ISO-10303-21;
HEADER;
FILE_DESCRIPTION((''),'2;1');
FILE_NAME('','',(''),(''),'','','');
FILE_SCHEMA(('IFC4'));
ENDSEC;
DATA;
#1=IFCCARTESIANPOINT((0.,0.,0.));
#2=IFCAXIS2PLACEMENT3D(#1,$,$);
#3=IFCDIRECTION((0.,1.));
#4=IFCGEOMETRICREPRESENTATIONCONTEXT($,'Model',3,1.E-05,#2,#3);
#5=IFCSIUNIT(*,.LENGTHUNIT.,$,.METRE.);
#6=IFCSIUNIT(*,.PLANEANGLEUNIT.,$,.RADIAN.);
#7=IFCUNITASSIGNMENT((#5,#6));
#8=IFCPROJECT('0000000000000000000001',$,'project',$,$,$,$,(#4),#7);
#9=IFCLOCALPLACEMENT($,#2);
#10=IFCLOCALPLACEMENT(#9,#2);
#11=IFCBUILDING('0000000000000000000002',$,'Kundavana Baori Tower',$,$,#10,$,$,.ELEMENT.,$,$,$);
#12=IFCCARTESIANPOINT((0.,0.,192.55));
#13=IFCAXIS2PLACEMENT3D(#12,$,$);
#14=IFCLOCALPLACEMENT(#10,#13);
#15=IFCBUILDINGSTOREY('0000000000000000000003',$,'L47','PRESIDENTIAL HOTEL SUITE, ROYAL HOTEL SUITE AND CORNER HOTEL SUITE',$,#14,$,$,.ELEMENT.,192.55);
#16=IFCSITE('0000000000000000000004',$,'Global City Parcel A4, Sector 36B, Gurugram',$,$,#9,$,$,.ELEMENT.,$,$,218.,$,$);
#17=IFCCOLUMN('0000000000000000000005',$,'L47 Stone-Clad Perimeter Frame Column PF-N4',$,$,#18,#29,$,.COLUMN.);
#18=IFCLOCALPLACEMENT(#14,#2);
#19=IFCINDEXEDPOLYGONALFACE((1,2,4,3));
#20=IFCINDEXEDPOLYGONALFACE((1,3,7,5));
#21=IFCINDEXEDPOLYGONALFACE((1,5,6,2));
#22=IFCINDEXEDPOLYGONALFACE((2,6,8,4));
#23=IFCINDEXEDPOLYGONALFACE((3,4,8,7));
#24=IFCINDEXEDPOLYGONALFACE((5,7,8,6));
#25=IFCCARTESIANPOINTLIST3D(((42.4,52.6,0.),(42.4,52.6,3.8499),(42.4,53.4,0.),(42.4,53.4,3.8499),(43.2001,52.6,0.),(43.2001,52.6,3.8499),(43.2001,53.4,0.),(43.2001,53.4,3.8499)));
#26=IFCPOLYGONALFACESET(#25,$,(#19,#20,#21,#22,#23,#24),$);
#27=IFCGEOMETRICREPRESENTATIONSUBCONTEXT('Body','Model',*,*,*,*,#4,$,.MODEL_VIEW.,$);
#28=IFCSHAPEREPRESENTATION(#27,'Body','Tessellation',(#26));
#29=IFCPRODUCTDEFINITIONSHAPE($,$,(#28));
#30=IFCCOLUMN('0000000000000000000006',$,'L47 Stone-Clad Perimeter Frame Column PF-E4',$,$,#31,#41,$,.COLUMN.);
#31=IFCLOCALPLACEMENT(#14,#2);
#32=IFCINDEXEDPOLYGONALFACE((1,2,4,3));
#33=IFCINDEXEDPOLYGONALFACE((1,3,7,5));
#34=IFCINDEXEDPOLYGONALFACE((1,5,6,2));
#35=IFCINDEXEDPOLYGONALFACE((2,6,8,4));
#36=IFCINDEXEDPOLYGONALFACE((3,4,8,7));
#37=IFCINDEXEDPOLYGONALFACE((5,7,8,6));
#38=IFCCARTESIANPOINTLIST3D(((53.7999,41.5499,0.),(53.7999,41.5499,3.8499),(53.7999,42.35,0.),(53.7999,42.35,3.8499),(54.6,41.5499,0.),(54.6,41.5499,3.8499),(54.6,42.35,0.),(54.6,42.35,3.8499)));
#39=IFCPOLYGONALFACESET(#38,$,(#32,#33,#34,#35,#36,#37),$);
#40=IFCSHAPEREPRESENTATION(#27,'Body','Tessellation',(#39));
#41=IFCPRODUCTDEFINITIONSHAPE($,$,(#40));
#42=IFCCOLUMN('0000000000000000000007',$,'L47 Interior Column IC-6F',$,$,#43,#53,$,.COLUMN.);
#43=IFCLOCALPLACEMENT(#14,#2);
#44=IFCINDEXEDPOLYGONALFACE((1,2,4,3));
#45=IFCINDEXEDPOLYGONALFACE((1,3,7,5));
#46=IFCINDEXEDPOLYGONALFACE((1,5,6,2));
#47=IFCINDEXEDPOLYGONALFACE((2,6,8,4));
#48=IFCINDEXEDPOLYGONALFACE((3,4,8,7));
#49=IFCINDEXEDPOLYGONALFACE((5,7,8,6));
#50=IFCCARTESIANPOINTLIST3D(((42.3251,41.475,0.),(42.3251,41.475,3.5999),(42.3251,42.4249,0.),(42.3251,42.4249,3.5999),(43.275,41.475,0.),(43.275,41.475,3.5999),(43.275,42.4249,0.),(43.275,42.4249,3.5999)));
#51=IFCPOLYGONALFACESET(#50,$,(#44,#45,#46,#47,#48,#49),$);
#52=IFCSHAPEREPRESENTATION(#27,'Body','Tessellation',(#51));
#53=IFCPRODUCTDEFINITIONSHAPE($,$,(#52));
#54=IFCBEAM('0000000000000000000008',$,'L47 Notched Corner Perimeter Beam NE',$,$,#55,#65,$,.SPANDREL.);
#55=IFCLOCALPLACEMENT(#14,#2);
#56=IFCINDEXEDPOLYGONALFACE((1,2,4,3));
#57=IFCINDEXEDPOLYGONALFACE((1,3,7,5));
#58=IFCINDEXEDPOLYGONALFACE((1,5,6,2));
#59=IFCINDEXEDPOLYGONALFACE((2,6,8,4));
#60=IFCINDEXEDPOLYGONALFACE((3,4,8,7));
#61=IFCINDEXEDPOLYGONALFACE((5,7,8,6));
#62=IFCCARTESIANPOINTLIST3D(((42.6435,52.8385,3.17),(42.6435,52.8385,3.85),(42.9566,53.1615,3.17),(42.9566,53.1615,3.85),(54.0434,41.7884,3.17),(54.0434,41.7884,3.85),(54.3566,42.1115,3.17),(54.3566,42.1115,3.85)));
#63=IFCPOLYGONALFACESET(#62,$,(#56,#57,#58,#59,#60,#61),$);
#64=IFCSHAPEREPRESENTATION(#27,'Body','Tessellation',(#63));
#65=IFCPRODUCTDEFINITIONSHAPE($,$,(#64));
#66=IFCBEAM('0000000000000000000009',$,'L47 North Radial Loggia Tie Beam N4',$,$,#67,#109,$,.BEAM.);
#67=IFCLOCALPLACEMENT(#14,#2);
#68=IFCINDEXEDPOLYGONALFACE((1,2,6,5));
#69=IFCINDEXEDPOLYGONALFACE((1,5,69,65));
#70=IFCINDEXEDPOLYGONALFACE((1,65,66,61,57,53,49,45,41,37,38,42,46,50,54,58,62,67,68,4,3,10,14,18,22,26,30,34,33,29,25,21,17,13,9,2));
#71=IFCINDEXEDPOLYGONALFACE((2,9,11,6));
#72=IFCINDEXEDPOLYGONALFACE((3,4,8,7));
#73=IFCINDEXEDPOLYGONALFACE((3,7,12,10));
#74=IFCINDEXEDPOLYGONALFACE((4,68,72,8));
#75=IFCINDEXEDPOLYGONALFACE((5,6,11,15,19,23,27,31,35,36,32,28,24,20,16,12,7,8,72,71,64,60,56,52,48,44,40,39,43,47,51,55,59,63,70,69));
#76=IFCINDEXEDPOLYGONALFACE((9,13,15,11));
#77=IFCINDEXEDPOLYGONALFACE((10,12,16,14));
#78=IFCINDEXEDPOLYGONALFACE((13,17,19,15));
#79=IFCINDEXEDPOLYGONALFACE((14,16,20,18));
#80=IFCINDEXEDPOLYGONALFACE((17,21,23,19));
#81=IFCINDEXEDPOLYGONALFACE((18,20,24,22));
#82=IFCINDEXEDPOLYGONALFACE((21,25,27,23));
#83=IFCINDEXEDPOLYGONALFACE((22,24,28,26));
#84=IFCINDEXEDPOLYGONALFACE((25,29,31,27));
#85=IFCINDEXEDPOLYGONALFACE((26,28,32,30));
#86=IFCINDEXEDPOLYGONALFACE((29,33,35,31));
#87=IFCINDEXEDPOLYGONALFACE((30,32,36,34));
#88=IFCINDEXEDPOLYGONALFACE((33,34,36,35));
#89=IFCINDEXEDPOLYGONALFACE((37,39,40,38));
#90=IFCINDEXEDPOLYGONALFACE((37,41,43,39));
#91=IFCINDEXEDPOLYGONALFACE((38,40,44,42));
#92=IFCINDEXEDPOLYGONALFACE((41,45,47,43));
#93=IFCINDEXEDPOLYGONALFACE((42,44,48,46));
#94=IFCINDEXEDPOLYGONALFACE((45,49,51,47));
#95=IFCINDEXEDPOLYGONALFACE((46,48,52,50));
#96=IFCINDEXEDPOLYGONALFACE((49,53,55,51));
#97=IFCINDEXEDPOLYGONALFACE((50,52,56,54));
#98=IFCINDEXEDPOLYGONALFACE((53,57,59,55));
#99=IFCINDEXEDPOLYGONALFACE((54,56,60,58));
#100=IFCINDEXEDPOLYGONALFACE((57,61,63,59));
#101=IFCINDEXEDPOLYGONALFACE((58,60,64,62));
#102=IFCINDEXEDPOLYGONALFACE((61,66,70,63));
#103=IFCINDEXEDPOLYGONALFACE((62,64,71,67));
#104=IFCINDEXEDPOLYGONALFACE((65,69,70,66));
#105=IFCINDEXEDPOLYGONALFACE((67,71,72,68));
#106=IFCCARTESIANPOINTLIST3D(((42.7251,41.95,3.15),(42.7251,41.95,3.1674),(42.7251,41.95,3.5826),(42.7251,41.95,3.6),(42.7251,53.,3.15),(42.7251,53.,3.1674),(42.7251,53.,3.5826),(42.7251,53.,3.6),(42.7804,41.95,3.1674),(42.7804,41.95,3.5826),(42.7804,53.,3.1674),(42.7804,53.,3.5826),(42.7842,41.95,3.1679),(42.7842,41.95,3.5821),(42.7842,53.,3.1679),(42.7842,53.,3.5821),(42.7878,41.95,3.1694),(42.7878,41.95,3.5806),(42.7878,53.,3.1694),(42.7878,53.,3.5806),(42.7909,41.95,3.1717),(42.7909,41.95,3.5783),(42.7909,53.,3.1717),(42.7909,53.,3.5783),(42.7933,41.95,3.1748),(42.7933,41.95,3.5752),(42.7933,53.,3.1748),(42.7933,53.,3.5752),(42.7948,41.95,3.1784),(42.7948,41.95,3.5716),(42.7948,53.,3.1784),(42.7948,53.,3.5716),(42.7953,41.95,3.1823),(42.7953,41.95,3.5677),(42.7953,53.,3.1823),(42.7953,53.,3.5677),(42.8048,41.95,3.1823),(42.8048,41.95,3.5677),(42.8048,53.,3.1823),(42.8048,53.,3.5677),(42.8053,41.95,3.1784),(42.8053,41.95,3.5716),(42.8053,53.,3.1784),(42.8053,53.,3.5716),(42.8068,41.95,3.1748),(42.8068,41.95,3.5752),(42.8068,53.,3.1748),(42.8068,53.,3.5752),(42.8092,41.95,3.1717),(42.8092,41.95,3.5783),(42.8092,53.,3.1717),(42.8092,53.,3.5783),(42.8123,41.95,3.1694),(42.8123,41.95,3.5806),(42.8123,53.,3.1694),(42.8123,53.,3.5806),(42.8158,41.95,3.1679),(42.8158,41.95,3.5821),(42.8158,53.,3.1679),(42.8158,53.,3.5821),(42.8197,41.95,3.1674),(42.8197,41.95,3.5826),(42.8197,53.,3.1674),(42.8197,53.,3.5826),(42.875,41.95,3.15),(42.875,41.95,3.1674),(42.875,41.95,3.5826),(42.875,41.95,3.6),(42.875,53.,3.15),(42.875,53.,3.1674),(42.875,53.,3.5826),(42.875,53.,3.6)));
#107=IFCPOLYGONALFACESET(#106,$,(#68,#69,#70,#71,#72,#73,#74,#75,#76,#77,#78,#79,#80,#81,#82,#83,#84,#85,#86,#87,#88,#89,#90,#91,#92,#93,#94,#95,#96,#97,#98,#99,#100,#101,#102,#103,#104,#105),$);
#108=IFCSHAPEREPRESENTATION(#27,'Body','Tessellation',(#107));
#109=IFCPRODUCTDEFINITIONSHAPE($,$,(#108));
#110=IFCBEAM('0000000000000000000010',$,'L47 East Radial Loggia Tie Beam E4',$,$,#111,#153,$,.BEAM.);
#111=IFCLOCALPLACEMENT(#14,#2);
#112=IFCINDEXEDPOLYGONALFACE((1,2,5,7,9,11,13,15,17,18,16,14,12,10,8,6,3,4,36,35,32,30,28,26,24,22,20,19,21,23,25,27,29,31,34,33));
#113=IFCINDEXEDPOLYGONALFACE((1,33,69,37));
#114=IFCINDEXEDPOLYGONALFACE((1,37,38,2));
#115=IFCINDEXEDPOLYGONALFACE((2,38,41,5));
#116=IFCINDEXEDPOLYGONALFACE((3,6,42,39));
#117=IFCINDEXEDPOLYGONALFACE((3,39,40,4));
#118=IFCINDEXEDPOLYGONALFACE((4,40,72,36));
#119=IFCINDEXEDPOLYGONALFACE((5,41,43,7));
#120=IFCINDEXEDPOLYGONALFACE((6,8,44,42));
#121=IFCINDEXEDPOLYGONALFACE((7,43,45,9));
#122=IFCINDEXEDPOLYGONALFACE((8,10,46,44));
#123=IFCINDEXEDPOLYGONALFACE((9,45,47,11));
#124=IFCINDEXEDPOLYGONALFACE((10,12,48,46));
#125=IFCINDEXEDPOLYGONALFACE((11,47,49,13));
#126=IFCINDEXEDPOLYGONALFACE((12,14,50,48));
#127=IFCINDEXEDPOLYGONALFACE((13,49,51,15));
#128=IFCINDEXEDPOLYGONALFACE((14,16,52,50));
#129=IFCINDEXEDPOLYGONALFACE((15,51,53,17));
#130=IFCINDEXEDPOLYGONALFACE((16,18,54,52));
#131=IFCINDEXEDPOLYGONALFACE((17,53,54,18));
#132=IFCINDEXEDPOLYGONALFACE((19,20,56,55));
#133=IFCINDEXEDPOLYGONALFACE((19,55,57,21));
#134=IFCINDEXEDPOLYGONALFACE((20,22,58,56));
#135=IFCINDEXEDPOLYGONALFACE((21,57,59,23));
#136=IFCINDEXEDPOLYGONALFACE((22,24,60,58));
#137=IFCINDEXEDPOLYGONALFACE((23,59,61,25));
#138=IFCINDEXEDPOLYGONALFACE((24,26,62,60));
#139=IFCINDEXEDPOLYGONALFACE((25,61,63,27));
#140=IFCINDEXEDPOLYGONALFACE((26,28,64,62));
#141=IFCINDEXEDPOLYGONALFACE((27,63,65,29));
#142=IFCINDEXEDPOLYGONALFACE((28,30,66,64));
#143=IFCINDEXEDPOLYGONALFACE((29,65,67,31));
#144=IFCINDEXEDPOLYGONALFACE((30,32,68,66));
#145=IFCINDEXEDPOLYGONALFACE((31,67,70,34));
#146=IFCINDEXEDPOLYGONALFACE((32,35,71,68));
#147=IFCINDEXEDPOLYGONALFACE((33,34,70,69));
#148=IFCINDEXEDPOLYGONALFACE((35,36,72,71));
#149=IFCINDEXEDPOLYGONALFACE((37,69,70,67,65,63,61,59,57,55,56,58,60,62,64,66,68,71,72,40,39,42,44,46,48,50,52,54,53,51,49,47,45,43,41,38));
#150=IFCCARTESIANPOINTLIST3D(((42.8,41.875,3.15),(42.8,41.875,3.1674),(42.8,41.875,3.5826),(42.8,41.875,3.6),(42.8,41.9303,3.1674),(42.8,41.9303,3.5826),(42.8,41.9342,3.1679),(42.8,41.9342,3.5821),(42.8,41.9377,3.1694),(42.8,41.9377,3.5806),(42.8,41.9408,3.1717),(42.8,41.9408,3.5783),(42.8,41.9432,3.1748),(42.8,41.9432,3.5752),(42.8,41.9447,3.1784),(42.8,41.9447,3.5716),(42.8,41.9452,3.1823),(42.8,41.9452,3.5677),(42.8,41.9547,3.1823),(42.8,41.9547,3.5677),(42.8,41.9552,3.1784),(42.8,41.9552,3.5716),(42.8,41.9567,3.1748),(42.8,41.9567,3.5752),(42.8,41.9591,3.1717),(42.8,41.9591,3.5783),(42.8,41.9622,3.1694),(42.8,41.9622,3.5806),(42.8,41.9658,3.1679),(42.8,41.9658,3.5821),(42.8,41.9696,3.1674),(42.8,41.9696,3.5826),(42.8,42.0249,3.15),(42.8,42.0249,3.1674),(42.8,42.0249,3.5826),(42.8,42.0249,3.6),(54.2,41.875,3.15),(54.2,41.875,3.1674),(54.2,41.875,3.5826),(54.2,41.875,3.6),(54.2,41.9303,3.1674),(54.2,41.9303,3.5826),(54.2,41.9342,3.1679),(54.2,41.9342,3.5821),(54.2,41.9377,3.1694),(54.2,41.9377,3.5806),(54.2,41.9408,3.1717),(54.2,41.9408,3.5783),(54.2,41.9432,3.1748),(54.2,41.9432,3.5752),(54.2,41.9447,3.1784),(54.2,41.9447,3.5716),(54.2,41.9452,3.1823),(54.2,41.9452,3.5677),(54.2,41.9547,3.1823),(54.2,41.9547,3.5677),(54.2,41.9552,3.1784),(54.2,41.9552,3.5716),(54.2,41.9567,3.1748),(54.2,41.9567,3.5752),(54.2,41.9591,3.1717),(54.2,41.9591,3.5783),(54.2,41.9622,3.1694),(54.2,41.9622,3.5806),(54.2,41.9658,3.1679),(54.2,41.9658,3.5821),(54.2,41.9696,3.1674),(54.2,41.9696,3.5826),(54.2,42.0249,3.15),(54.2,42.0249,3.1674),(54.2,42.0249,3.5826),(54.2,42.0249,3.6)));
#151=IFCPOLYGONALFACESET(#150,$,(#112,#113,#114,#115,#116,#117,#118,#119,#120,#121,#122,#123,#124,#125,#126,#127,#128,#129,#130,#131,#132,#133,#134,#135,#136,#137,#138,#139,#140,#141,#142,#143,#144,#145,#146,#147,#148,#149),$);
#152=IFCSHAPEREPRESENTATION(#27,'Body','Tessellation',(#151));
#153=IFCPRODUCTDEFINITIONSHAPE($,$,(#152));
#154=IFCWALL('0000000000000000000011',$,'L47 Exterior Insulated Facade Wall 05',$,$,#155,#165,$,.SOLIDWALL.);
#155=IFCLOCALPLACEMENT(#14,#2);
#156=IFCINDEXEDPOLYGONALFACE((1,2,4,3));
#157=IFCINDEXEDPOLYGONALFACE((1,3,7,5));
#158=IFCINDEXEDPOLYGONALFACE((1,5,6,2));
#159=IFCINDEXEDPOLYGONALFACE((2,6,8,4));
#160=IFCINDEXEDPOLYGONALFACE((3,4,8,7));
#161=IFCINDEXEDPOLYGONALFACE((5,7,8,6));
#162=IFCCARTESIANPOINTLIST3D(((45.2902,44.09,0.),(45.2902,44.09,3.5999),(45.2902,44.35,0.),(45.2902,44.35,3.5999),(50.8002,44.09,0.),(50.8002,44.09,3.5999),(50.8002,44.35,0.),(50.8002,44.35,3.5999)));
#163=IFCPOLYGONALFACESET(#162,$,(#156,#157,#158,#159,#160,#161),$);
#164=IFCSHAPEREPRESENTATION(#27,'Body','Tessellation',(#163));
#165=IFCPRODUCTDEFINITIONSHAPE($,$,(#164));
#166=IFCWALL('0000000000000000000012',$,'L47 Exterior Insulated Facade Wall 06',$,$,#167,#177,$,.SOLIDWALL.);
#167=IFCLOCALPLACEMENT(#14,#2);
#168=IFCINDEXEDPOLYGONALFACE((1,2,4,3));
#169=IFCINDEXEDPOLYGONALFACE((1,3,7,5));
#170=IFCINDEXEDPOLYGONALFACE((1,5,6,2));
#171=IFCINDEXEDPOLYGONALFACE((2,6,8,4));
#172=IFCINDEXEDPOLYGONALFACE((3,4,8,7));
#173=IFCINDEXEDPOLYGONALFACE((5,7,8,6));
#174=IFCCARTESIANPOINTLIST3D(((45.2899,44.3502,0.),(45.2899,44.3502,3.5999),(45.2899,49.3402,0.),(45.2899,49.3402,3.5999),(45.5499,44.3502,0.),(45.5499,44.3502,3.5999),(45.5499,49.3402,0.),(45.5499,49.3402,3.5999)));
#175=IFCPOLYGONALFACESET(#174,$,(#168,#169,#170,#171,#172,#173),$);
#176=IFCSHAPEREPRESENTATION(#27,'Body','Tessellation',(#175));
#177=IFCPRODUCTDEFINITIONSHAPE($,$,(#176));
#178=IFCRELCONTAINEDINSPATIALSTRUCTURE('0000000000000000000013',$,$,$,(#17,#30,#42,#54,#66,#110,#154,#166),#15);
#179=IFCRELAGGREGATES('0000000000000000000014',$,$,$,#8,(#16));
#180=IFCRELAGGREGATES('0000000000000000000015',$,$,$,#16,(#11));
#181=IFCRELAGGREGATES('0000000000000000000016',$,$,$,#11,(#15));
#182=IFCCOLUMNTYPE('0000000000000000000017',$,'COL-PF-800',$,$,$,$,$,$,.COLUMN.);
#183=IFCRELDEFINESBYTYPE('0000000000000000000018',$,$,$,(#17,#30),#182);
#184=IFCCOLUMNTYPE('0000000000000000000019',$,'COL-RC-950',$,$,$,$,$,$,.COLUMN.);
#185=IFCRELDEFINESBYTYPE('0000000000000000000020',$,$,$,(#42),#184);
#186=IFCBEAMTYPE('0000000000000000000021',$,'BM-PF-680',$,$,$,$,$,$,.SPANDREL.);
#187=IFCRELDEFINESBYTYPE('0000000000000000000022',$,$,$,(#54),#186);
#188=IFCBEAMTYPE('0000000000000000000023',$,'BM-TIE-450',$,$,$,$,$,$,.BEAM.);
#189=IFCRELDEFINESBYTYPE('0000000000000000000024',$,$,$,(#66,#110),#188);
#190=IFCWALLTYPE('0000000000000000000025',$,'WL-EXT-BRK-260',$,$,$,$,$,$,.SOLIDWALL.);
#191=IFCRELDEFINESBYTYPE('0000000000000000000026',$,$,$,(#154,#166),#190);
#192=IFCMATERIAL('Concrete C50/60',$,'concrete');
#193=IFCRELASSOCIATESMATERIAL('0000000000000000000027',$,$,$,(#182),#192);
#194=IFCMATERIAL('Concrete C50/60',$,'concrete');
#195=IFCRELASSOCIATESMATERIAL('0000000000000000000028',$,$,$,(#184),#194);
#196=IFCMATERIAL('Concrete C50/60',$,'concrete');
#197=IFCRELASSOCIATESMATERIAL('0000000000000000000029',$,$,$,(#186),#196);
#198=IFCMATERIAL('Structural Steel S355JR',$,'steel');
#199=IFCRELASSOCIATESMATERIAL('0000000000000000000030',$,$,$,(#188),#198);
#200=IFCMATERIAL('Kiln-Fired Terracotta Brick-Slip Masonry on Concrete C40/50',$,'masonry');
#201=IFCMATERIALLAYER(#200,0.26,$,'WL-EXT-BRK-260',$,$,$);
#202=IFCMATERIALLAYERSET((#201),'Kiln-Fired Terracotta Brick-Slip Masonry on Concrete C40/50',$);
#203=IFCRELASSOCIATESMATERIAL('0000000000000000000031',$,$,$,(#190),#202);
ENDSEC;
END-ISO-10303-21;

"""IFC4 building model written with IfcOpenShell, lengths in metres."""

from ifc_helpers import new_model, si_unit, direction, frame, frame_2d, origin, origin_2d, place, context, subcontext, project, spatial, rectangle, i_section, extrude, material, layer, layer_set, material_profile, profile_set, type_object, element, save


model = new_model("IFC4")

# Units and contexts
model_context = context("Model", 3, precision=1e-05, world=origin(), true_north=direction((0.0, 1.0)))
body_context = subcontext(model_context, "Body", "Model", "MODEL_VIEW")
ifc_project = project(units=[si_unit("LENGTHUNIT", "METRE"), si_unit("PLANEANGLEUNIT", "RADIAN")], contexts=[model_context])

# Site, building, storey
site_placement = place(None, origin())
site = spatial("IfcSite", under=ifc_project, at=site_placement, Name="Global City Parcel A4, Sector 36B, Gurugram", CompositionType="ELEMENT", RefElevation=218.0)
building_placement = place(site_placement, origin())
building = spatial("IfcBuilding", under=site, at=building_placement, Name="Kundavana Baori Tower", CompositionType="ELEMENT")
storey_placement = place(building_placement, frame((0.0, 0.0, 192.55)))
storey = spatial("IfcBuildingStorey", under=building, at=storey_placement, Name="L47", Description="PRESIDENTIAL HOTEL SUITE, ROYAL HOTEL SUITE AND CORNER HOTEL SUITE", CompositionType="ELEMENT", Elevation=192.55)

# Columns
ifc_material_1 = material(Name="Concrete C50/60", Category="concrete")
ifc_material_profile_1 = material_profile(ifc_material_1, rectangle(XDim=0.8, YDim=0.8, at=origin_2d()), Name="RC PF 800x800")
ifc_profile_set_1 = profile_set([ifc_material_profile_1], Name="Concrete C50/60")
column_type_1 = type_object("IfcColumnType", Name="COL-PF-800", PredefinedType="COLUMN", material=ifc_profile_set_1)
for number, where, z_axis, x_axis, name in (
    (1, (42.8, 53.0, 0.0), (0.0, 0.0, 1.0), (1.0, 0.0, 0.0), "L47 Stone-Clad Perimeter Frame Column PF-N4"),
    (2, (54.2, 41.95, 0.0), (0.0, 0.0, 1.0), (1.0, 0.0, 0.0), "L47 Stone-Clad Perimeter Frame Column PF-E4"),
):
    element("IfcColumn", number, at=place(storey_placement, frame(where, z_axis=z_axis, x_axis=x_axis)), inside=storey, type_object=column_type_1, Name=name, PredefinedType="COLUMN", context=body_context, shape_type="SweptSolid", body=[
        extrude(rectangle(XDim=0.8, YDim=0.8, at=origin_2d()), origin(), (0.0, 0.0, 1.0), 3.8499),
    ])
ifc_material_2 = material(Name="Concrete C50/60", Category="concrete")
ifc_material_profile_2 = material_profile(ifc_material_2, rectangle(XDim=0.95, YDim=0.95, at=origin_2d()), Name="RC 950x950")
ifc_profile_set_2 = profile_set([ifc_material_profile_2], Name="Concrete C50/60")
column_type_2 = type_object("IfcColumnType", Name="COL-RC-950", PredefinedType="COLUMN", material=ifc_profile_set_2)
column_placement = place(storey_placement, frame((42.8, 41.95, 0.0), z_axis=(0.0, 0.0, 1.0), x_axis=(1.0, 0.0, 0.0)))
element("IfcColumn", 3, at=column_placement, inside=storey, type_object=column_type_2, Name="L47 Interior Column IC-6F", PredefinedType="COLUMN", context=body_context, shape_type="SweptSolid", body=[
    extrude(rectangle(XDim=0.95, YDim=0.95, at=origin_2d()), origin(), (0.0, 0.0, 1.0), 3.5999),
])

# Beams
ifc_material_3 = material(Name="Concrete C50/60", Category="concrete")
ifc_material_profile_3 = material_profile(ifc_material_3, rectangle(XDim=0.45, YDim=0.6799, at=origin_2d()), Name="RC BM 450x680")
ifc_profile_set_3 = profile_set([ifc_material_profile_3], Name="Concrete C50/60")
beam_type_1 = type_object("IfcBeamType", Name="BM-PF-680", PredefinedType="SPANDREL", material=ifc_profile_set_3)
beam_1_placement = place(storey_placement, frame((42.8, 53.0, 3.51), z_axis=(0.718039, -0.696003, 0.0), x_axis=(0.696003, 0.718039, 0.0)))
element("IfcBeam", 4, at=beam_1_placement, inside=storey, type_object=beam_type_1, Name="L47 Notched Corner Perimeter Beam NE", PredefinedType="SPANDREL", context=body_context, shape_type="SweptSolid", body=[
    extrude(rectangle(XDim=0.45, YDim=0.6799, at=origin_2d()), origin(), (0.0, 0.0, 1.0), 15.8765),
])
ifc_material_4 = material(Name="Structural Steel S355JR", Category="steel")
ifc_material_profile_4 = material_profile(ifc_material_4, i_section(OverallWidth=0.1499, OverallDepth=0.45, WebThickness=0.0095, FlangeThickness=0.0173, FilletRadius=0.0149, at=origin_2d()), Name="ISMB 450")
ifc_profile_set_4 = profile_set([ifc_material_profile_4], Name="Structural Steel S355JR")
beam_type_2 = type_object("IfcBeamType", Name="BM-TIE-450", PredefinedType="BEAM", material=ifc_profile_set_4)
beam_2_placement = place(storey_placement, frame((42.8, 41.95, 3.375), z_axis=(0.0, 1.0, 0.0), x_axis=(-1.0, 0.0, 0.0)))
element("IfcBeam", 5, at=beam_2_placement, inside=storey, type_object=beam_type_2, Name="L47 North Radial Loggia Tie Beam N4", PredefinedType="BEAM", context=body_context, shape_type="SweptSolid", body=[
    extrude(i_section(OverallWidth=0.1499, OverallDepth=0.45, WebThickness=0.0095, FlangeThickness=0.0173, FilletRadius=0.0149, at=origin_2d()), origin(), (0.0, 0.0, 1.0), 11.05),
])
beam_3_placement = place(storey_placement, frame((42.8, 41.95, 3.375), z_axis=(1.0, 0.0, 0.0), x_axis=(0.0, 1.0, 0.0)))
element("IfcBeam", 6, at=beam_3_placement, inside=storey, type_object=beam_type_2, Name="L47 East Radial Loggia Tie Beam E4", PredefinedType="BEAM", context=body_context, shape_type="SweptSolid", body=[
    extrude(i_section(OverallWidth=0.1499, OverallDepth=0.45, WebThickness=0.0095, FlangeThickness=0.0173, FilletRadius=0.0149, at=origin_2d()), origin(), (0.0, 0.0, 1.0), 11.3999),
])

# Walls
ifc_material_5 = material(Name="Kiln-Fired Terracotta Brick-Slip Masonry on Concrete C40/50", Category="masonry")
ifc_layer_1 = layer(ifc_material_5, 0.26, Name="WL-EXT-BRK-260")
ifc_layer_set_1 = layer_set([ifc_layer_1], Name="Kiln-Fired Terracotta Brick-Slip Masonry on Concrete C40/50")
wall_type_1 = type_object("IfcWallType", Name="WL-EXT-BRK-260", PredefinedType="SOLIDWALL", material=ifc_layer_set_1)
wall_1_placement = place(storey_placement, frame((50.8, 44.22, 0.0), z_axis=(0.0, 0.0, 1.0), x_axis=(-1.0, 0.0, 0.0)))
element("IfcWall", 7, at=wall_1_placement, inside=storey, type_object=wall_type_1, Name="L47 Exterior Insulated Facade Wall 05", PredefinedType="SOLIDWALL", context=body_context, shape_type="SweptSolid", body=[
    extrude(rectangle(XDim=5.51, YDim=0.26, at=frame_2d((2.7549, 0.0))), origin(), (0.0, 0.0, 1.0), 3.5999),
])
wall_2_placement = place(storey_placement, frame((45.4199, 44.3501, 0.0), z_axis=(0.0, 0.0, 1.0), x_axis=(0.0, 1.0, 0.0)))
element("IfcWall", 8, at=wall_2_placement, inside=storey, type_object=wall_type_1, Name="L47 Exterior Insulated Facade Wall 06", PredefinedType="SOLIDWALL", context=body_context, shape_type="SweptSolid", body=[
    extrude(rectangle(XDim=4.99, YDim=0.26, at=frame_2d((2.4951, 0.0))), origin(), (0.0, 0.0, 1.0), 3.5999),
])

save(model, "model.ifc")
